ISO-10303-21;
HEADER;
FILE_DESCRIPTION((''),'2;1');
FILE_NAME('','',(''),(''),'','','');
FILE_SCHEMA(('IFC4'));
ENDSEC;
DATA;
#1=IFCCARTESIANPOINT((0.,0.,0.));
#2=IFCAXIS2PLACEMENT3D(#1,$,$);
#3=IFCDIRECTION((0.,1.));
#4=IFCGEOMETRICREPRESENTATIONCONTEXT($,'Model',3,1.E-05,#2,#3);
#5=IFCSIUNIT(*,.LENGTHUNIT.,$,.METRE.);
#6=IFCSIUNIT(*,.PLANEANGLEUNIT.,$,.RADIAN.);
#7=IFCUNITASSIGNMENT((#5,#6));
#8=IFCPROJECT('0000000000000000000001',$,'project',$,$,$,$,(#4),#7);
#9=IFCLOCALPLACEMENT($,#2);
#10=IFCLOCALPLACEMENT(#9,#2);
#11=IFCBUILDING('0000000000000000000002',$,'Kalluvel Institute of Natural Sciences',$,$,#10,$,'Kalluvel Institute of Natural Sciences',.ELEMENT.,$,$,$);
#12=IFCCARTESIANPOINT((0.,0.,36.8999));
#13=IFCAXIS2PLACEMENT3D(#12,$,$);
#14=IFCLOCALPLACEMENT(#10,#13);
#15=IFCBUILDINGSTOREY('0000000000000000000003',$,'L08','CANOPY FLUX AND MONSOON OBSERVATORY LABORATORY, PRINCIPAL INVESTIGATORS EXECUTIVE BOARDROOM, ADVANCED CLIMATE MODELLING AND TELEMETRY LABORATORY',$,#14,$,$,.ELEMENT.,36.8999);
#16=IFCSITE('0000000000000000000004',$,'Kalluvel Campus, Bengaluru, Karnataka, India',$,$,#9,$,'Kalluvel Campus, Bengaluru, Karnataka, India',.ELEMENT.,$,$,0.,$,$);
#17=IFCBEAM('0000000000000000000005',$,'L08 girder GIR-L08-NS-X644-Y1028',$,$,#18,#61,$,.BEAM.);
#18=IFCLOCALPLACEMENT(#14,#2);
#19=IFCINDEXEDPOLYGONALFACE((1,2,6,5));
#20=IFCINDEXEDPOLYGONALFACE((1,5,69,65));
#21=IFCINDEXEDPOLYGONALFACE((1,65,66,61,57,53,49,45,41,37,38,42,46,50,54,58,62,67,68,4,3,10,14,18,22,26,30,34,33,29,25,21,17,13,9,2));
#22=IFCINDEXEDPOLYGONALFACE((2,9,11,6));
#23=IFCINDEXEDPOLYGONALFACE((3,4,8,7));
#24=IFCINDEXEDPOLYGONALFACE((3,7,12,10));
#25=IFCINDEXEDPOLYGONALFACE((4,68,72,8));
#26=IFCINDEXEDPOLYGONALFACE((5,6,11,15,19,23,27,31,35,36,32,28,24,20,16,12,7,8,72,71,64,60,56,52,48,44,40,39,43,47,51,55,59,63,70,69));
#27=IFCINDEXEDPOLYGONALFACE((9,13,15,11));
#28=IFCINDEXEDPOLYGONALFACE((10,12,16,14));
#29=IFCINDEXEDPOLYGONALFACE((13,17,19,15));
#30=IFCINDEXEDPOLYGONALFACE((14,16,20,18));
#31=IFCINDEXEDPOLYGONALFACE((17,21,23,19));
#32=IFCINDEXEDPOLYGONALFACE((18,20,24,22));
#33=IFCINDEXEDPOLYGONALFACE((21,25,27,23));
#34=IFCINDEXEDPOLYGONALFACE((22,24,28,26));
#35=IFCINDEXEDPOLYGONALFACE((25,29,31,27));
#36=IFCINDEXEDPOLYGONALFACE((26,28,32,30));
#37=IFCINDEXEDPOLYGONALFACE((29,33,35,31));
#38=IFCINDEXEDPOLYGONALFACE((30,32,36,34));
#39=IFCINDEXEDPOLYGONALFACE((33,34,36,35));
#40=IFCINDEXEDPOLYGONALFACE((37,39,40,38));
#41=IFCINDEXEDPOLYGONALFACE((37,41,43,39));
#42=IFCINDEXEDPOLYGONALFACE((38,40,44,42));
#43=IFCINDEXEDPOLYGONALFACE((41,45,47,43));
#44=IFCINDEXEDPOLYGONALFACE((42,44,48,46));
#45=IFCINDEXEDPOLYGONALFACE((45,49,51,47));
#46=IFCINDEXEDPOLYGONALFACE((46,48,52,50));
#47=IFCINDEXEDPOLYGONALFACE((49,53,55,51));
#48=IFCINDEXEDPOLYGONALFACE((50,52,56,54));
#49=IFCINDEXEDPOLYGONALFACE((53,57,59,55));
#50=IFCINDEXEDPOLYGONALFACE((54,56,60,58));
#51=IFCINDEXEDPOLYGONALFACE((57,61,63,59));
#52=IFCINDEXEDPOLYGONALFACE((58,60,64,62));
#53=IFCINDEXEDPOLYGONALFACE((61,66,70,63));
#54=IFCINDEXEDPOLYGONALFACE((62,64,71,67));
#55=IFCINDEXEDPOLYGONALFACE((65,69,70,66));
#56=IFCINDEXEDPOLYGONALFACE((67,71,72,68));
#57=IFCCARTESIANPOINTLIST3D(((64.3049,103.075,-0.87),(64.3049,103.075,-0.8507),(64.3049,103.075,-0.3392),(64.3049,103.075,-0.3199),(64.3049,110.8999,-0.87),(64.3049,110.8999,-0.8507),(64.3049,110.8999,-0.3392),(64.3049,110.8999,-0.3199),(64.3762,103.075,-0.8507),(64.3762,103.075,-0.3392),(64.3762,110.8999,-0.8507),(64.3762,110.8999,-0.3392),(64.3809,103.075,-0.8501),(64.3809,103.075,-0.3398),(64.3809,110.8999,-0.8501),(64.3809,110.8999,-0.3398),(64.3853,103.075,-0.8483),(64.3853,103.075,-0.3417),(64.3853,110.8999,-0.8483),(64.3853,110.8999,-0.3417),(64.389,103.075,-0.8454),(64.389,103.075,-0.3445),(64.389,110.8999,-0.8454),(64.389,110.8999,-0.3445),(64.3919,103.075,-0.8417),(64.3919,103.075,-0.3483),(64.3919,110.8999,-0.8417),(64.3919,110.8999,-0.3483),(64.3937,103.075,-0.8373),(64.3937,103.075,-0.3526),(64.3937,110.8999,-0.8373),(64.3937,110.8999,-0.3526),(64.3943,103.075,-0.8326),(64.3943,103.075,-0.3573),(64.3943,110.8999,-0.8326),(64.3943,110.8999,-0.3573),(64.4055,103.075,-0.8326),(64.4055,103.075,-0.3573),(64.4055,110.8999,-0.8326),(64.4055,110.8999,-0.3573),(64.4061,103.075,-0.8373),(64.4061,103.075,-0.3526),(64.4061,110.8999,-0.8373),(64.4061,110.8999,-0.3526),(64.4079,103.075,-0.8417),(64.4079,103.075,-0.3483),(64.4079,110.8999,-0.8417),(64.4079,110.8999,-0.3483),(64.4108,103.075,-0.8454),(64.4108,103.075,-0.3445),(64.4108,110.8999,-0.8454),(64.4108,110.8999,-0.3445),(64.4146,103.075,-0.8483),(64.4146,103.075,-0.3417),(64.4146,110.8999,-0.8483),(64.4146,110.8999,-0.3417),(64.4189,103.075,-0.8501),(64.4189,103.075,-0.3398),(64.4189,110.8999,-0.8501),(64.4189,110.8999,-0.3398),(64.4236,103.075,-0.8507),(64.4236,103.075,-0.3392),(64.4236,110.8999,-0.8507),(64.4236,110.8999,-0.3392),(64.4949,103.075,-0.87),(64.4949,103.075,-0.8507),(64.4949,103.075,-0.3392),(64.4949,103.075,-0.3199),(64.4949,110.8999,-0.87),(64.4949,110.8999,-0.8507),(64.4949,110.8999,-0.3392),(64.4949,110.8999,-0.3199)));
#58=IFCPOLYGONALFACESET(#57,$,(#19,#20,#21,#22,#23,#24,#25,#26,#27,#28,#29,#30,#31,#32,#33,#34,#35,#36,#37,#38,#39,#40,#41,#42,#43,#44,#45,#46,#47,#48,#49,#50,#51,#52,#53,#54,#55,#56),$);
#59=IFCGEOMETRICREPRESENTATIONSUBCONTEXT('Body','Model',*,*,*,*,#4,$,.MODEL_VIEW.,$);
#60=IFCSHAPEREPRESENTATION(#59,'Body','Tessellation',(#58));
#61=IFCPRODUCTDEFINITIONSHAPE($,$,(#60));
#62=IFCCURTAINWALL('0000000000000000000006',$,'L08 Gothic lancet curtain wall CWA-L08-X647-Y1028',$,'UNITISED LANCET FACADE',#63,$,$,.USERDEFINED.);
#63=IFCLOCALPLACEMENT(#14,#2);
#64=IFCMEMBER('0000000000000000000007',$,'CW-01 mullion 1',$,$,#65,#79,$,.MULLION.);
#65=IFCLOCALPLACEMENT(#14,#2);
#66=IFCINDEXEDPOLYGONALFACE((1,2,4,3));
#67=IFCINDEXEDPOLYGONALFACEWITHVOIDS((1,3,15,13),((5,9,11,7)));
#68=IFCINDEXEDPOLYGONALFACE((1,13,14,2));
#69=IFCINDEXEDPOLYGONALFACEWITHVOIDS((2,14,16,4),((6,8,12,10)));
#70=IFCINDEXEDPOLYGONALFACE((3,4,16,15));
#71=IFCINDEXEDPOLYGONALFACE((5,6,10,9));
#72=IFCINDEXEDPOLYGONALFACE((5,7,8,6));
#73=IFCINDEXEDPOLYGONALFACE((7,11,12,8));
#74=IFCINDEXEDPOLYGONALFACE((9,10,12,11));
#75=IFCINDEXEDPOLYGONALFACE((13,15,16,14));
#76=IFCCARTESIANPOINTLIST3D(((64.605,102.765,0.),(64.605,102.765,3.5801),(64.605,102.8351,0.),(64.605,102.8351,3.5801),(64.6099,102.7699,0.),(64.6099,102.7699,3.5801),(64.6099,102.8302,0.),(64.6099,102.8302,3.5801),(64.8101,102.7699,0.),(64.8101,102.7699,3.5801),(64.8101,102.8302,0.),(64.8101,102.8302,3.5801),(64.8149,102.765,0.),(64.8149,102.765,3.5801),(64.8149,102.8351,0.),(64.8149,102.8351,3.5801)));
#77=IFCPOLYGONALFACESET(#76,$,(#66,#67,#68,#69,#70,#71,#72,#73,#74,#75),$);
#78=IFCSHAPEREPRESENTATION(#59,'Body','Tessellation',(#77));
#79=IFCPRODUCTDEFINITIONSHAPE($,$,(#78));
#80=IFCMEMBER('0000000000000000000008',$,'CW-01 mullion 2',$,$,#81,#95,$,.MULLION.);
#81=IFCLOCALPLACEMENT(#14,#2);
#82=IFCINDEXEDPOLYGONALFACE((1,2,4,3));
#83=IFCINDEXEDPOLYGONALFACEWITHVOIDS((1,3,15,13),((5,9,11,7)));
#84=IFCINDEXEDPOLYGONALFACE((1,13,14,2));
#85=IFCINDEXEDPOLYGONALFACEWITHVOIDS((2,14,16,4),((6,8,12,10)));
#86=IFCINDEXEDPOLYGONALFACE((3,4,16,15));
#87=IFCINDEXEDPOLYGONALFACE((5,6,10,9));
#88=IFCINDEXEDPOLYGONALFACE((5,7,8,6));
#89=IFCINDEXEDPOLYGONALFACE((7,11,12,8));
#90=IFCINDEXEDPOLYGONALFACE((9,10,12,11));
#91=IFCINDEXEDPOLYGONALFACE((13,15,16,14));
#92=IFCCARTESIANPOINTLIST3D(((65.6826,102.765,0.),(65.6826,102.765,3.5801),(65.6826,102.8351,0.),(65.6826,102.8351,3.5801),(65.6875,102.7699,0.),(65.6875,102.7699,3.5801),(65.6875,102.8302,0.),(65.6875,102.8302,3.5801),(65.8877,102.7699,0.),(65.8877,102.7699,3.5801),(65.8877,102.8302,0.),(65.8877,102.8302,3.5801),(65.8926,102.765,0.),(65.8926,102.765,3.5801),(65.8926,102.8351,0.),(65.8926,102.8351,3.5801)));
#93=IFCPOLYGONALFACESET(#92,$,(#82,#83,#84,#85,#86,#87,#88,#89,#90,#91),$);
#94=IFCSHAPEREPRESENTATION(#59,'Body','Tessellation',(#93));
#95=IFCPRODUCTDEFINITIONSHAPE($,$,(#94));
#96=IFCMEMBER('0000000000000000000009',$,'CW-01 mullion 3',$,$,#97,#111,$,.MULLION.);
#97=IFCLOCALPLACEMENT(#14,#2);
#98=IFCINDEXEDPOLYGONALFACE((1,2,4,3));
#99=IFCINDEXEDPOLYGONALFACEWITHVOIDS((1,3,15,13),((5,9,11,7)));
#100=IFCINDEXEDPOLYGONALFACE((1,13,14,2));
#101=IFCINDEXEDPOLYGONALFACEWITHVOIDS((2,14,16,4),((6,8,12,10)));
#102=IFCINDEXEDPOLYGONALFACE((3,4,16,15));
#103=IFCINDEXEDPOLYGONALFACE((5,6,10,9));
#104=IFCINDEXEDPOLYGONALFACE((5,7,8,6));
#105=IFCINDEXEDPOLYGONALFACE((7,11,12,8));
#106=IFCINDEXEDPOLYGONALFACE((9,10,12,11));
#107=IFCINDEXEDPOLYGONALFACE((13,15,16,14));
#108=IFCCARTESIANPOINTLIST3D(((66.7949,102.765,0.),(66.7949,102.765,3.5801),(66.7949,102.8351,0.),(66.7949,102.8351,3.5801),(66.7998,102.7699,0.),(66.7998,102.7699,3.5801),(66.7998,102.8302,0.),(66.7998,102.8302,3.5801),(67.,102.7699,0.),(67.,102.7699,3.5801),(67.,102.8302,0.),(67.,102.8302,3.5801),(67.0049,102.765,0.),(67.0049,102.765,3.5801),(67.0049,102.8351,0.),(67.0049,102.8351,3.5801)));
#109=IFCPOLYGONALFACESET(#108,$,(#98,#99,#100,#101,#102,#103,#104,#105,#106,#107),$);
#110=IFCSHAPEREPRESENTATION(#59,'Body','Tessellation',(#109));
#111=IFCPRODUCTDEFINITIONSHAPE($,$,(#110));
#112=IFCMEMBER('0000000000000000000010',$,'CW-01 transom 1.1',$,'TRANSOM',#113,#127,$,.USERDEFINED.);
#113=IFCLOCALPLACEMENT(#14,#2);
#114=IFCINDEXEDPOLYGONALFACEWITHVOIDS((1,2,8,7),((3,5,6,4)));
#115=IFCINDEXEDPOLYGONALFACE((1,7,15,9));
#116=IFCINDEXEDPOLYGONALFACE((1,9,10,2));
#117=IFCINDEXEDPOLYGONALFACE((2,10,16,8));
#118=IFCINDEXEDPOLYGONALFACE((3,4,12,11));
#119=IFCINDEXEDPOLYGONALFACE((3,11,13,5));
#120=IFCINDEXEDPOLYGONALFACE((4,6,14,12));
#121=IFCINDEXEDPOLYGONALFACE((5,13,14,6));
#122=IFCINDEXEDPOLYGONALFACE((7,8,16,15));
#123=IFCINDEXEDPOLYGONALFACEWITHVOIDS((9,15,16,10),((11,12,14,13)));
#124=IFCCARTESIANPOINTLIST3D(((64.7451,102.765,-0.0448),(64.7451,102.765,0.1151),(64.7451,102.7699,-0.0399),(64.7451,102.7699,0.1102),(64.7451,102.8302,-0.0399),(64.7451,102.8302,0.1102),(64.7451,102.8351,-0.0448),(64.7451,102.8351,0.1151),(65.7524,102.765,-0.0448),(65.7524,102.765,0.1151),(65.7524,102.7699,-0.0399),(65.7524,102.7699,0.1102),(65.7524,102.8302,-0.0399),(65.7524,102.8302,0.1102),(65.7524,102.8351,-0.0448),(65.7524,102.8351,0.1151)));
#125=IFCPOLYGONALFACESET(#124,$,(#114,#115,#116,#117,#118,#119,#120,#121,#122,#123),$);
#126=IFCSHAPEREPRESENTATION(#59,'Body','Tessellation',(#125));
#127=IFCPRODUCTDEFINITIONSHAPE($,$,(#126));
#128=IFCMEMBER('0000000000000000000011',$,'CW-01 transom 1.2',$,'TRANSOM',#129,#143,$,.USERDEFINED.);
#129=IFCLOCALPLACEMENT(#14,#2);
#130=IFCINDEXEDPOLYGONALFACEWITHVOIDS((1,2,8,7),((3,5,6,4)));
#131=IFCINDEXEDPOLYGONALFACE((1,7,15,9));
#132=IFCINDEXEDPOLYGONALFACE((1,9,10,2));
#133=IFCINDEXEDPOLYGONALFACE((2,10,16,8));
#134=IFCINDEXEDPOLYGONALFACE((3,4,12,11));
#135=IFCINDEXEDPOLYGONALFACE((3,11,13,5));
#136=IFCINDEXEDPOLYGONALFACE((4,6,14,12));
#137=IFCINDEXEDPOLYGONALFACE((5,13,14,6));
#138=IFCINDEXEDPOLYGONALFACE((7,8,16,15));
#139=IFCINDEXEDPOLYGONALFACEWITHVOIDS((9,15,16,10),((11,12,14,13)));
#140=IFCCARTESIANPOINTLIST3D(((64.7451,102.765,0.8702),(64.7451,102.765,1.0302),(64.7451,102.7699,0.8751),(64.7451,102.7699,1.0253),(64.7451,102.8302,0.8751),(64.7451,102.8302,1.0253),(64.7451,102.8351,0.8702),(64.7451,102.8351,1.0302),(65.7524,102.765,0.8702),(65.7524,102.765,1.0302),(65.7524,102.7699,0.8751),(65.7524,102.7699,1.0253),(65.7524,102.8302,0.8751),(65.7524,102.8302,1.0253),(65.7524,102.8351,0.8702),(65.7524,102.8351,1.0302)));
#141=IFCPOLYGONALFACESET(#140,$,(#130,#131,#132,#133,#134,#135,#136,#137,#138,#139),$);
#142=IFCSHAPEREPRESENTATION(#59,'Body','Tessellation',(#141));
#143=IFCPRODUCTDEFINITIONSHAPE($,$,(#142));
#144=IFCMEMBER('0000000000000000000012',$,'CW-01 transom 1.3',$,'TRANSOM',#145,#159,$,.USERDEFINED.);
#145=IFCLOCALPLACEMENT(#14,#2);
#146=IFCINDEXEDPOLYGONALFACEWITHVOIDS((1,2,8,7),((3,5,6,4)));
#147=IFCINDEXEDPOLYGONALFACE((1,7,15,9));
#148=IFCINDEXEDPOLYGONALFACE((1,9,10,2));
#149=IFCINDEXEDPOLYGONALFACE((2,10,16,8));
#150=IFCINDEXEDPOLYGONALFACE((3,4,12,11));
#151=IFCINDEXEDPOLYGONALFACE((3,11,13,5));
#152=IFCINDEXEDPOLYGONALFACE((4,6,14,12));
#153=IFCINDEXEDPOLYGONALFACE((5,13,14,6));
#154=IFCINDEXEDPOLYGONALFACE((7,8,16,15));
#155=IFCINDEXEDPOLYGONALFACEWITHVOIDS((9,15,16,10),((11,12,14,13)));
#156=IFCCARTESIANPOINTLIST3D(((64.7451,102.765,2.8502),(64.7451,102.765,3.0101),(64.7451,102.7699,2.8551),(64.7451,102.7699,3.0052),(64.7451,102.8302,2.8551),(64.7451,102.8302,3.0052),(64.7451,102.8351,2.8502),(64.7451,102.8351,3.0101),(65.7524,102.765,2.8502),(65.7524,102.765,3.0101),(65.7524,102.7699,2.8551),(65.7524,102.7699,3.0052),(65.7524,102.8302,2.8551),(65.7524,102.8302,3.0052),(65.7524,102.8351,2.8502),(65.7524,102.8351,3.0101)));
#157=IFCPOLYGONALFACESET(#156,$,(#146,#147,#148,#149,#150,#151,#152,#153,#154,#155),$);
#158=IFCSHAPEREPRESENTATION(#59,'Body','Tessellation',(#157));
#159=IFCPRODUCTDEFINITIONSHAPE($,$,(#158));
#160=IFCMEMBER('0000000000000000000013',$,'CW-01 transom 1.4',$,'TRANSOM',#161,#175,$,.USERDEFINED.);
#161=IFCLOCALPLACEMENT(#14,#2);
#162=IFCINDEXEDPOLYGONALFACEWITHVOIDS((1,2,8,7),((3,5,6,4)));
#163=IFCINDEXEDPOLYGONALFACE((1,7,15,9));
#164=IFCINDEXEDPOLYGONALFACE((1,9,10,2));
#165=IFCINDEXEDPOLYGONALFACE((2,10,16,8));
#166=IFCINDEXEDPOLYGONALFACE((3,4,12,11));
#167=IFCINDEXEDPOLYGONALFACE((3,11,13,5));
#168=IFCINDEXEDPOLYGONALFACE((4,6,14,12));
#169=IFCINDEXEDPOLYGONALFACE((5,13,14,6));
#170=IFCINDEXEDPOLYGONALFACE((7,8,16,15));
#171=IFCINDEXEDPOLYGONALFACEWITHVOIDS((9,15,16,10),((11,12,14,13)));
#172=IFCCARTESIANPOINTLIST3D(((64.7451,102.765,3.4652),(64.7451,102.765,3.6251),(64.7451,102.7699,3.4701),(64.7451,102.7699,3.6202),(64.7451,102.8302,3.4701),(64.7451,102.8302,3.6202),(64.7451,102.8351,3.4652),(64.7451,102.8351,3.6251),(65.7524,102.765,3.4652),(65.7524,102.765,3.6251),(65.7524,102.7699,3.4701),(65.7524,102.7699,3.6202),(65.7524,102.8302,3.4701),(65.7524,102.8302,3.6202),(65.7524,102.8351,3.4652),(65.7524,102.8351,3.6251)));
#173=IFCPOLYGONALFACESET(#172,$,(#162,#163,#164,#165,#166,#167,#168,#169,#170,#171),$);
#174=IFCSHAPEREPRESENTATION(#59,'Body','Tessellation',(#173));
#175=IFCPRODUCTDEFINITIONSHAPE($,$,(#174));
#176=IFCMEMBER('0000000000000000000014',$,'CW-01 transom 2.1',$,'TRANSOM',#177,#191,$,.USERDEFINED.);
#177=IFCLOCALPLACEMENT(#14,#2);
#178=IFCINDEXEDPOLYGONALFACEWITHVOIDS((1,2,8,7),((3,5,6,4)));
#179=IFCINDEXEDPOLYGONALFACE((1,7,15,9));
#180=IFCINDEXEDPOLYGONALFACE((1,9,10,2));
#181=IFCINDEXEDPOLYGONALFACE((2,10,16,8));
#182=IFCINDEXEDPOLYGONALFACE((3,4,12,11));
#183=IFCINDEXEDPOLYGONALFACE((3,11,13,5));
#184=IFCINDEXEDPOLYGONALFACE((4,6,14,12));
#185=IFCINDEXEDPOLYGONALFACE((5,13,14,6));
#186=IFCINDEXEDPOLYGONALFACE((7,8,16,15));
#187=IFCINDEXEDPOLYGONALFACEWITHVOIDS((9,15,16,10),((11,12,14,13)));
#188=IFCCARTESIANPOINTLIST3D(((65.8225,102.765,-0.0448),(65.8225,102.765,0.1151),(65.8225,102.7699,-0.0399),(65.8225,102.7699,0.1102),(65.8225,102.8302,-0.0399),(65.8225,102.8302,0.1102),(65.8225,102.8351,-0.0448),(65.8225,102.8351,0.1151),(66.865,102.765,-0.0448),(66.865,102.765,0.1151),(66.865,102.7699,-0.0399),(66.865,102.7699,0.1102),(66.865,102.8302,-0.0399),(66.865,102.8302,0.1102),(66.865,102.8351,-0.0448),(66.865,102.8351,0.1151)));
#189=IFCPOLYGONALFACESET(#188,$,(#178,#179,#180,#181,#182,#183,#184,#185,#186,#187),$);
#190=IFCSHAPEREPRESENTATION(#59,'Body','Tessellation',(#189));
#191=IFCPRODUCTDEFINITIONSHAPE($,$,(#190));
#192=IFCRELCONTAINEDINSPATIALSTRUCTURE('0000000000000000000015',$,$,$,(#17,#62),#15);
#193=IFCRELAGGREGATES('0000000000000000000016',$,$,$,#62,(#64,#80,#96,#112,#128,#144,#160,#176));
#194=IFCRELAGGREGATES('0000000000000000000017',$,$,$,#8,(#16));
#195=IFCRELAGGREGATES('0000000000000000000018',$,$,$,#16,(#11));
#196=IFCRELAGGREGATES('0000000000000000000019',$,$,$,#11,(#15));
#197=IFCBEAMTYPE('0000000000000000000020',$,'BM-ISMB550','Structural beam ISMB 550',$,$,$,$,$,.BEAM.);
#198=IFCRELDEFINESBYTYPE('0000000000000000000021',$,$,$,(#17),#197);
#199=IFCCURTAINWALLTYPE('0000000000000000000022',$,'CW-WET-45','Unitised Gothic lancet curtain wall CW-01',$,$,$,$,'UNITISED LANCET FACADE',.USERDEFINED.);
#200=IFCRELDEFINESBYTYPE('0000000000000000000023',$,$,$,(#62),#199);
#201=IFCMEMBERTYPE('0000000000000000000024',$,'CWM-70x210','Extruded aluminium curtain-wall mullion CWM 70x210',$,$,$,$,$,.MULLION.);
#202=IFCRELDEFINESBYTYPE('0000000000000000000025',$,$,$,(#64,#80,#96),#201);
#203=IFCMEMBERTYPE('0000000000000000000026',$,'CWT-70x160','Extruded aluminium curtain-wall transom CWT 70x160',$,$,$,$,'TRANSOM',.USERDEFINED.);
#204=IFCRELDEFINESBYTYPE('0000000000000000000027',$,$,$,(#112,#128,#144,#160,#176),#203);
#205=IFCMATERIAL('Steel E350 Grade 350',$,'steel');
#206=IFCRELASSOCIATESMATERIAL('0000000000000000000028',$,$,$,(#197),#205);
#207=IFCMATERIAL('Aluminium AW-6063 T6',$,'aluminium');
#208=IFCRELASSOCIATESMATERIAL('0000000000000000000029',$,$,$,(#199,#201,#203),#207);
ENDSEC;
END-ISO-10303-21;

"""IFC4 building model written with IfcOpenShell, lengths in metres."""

from ifc_helpers import new_model, si_unit, direction, frame, origin, origin_2d, place, context, subcontext, project, spatial, hollow_rectangle, i_section, extrude, material, material_profile, profile_set, type_object, element, aggregate, save


model = new_model("IFC4")

# Units and contexts
model_context = context("Model", 3, precision=1e-05, world=origin(), true_north=direction((0.0, 1.0)))
body_context = subcontext(model_context, "Body", "Model", "MODEL_VIEW")
ifc_project = project(units=[si_unit("LENGTHUNIT", "METRE"), si_unit("PLANEANGLEUNIT", "RADIAN")], contexts=[model_context])

# Site, building, storey
site_placement = place(None, origin())
site = spatial("IfcSite", under=ifc_project, at=site_placement, Name="Kalluvel Campus, Bengaluru, Karnataka, India", LongName="Kalluvel Campus, Bengaluru, Karnataka, India", CompositionType="ELEMENT", RefElevation=0.0)
building_placement = place(site_placement, origin())
building = spatial("IfcBuilding", under=site, at=building_placement, Name="Kalluvel Institute of Natural Sciences", LongName="Kalluvel Institute of Natural Sciences", CompositionType="ELEMENT")
storey_placement = place(building_placement, frame((0.0, 0.0, 36.8999)))
storey = spatial("IfcBuildingStorey", under=building, at=storey_placement, Name="L08", Description="CANOPY FLUX AND MONSOON OBSERVATORY LABORATORY, PRINCIPAL INVESTIGATORS EXECUTIVE BOARDROOM, ADVANCED CLIMATE MODELLING AND TELEMETRY LABORATORY", CompositionType="ELEMENT", Elevation=36.8999)

# Beam
ifc_material_1 = material(Name="Steel E350 Grade 350", Category="steel")
ifc_material_profile_1 = material_profile(ifc_material_1, i_section(OverallWidth=0.1899, OverallDepth=0.55, WebThickness=0.0112, FlangeThickness=0.0193, FilletRadius=0.0181, at=origin_2d()), Name="ISMB 550")
ifc_profile_set_1 = profile_set([ifc_material_profile_1], Name="Steel E350 Grade 350")
beam_type_1 = type_object("IfcBeamType", Name="BM-ISMB550", Description="Structural beam ISMB 550", PredefinedType="BEAM", material=ifc_profile_set_1)
beam_1_placement = place(storey_placement, frame((64.3999, 103.075, -0.595), z_axis=(0.0, 1.0, 0.0), x_axis=(-1.0, 0.0, 0.0)))
element("IfcBeam", 1, at=beam_1_placement, inside=storey, type_object=beam_type_1, Name="L08 girder GIR-L08-NS-X644-Y1028", PredefinedType="BEAM", context=body_context, shape_type="SweptSolid", body=[
    extrude(i_section(OverallWidth=0.1899, OverallDepth=0.55, WebThickness=0.0112, FlangeThickness=0.0193, FilletRadius=0.0181, at=origin_2d()), origin(), (0.0, 0.0, 1.0), 7.825),
])

# Curtain wall, members
ifc_material_2 = material(Name="Aluminium AW-6063 T6", Category="aluminium")
curtain_wall_type = type_object("IfcCurtainWallType", Name="CW-WET-45", Description="Unitised Gothic lancet curtain wall CW-01", ElementType="UNITISED LANCET FACADE", PredefinedType="USERDEFINED", material=ifc_material_2)
curtain_wall_1_placement = place(storey_placement, origin())
curtain_wall_1 = element("IfcCurtainWall", 2, at=curtain_wall_1_placement, inside=storey, type_object=curtain_wall_type, Name="L08 Gothic lancet curtain wall CWA-L08-X647-Y1028", ObjectType="UNITISED LANCET FACADE", PredefinedType="USERDEFINED")
ifc_material_profile_2 = material_profile(ifc_material_2, hollow_rectangle(XDim=0.0701, YDim=0.21, WallThickness=0.0049, at=origin_2d()), Name="CWM 70x210")
ifc_profile_set_2 = profile_set([ifc_material_profile_2], Name="Aluminium AW-6063 T6")
member_type_1 = type_object("IfcMemberType", Name="CWM-70x210", Description="Extruded aluminium curtain-wall mullion CWM 70x210", PredefinedType="MULLION", material=ifc_profile_set_2)
member_1_placement = place(storey_placement, frame((64.71, 102.8, 0.0), z_axis=(0.0, 0.0, 1.0), x_axis=(0.0, 1.0, 0.0)))
member_1 = element("IfcMember", 3, at=member_1_placement, type_object=member_type_1, Name="CW-01 mullion 1", PredefinedType="MULLION", context=body_context, shape_type="SweptSolid", body=[
    extrude(hollow_rectangle(XDim=0.0701, YDim=0.21, WallThickness=0.0049, at=origin_2d()), origin(), (0.0, 0.0, 1.0), 3.5801),
])
member_2_placement = place(storey_placement, frame((65.7876, 102.8, 0.0), z_axis=(0.0, 0.0, 1.0), x_axis=(0.0, 1.0, 0.0)))
member_2 = element("IfcMember", 4, at=member_2_placement, type_object=member_type_1, Name="CW-01 mullion 2", PredefinedType="MULLION", context=body_context, shape_type="SweptSolid", body=[
    extrude(hollow_rectangle(XDim=0.0701, YDim=0.21, WallThickness=0.0049, at=origin_2d()), origin(), (0.0, 0.0, 1.0), 3.5801),
])
member_3_placement = place(storey_placement, frame((66.8999, 102.8, 0.0), z_axis=(0.0, 0.0, 1.0), x_axis=(0.0, 1.0, 0.0)))
member_3 = element("IfcMember", 5, at=member_3_placement, type_object=member_type_1, Name="CW-01 mullion 3", PredefinedType="MULLION", context=body_context, shape_type="SweptSolid", body=[
    extrude(hollow_rectangle(XDim=0.0701, YDim=0.21, WallThickness=0.0049, at=origin_2d()), origin(), (0.0, 0.0, 1.0), 3.5801),
])
ifc_material_profile_3 = material_profile(ifc_material_2, hollow_rectangle(XDim=0.0701, YDim=0.1599, WallThickness=0.0049, at=origin_2d()), Name="CWT 70x160")
ifc_profile_set_3 = profile_set([ifc_material_profile_3], Name="Aluminium AW-6063 T6")
member_type_2 = type_object("IfcMemberType", Name="CWT-70x160", Description="Extruded aluminium curtain-wall transom CWT 70x160", ElementType="TRANSOM", PredefinedType="USERDEFINED", material=ifc_profile_set_3)
member_4_placement = place(storey_placement, frame((64.7451, 102.8, 0.0352), z_axis=(1.0, 0.0, 0.0), x_axis=(0.0, 1.0, 0.0)))
member_4 = element("IfcMember", 6, at=member_4_placement, type_object=member_type_2, Name="CW-01 transom 1.1", ObjectType="TRANSOM", PredefinedType="USERDEFINED", context=body_context, shape_type="SweptSolid", body=[
    extrude(hollow_rectangle(XDim=0.0701, YDim=0.1599, WallThickness=0.0049, at=origin_2d()), origin(), (0.0, 0.0, 1.0), 1.0073),
])
member_5_placement = place(storey_placement, frame((64.7451, 102.8, 0.9502), z_axis=(1.0, 0.0, 0.0), x_axis=(0.0, 1.0, 0.0)))
member_5 = element("IfcMember", 7, at=member_5_placement, type_object=member_type_2, Name="CW-01 transom 1.2", ObjectType="TRANSOM", PredefinedType="USERDEFINED", context=body_context, shape_type="SweptSolid", body=[
    extrude(hollow_rectangle(XDim=0.0701, YDim=0.1599, WallThickness=0.0049, at=origin_2d()), origin(), (0.0, 0.0, 1.0), 1.0073),
])
member_6_placement = place(storey_placement, frame((64.7451, 102.8, 2.9302), z_axis=(1.0, 0.0, 0.0), x_axis=(0.0, 1.0, 0.0)))
member_6 = element("IfcMember", 8, at=member_6_placement, type_object=member_type_2, Name="CW-01 transom 1.3", ObjectType="TRANSOM", PredefinedType="USERDEFINED", context=body_context, shape_type="SweptSolid", body=[
    extrude(hollow_rectangle(XDim=0.0701, YDim=0.1599, WallThickness=0.0049, at=origin_2d()), origin(), (0.0, 0.0, 1.0), 1.0073),
])
member_7_placement = place(storey_placement, frame((64.7451, 102.8, 3.5452), z_axis=(1.0, 0.0, 0.0), x_axis=(0.0, 1.0, 0.0)))
member_7 = element("IfcMember", 9, at=member_7_placement, type_object=member_type_2, Name="CW-01 transom 1.4", ObjectType="TRANSOM", PredefinedType="USERDEFINED", context=body_context, shape_type="SweptSolid", body=[
    extrude(hollow_rectangle(XDim=0.0701, YDim=0.1599, WallThickness=0.0049, at=origin_2d()), origin(), (0.0, 0.0, 1.0), 1.0073),
])
member_8_placement = place(storey_placement, frame((65.8225, 102.8, 0.0352), z_axis=(1.0, 0.0, 0.0), x_axis=(0.0, 1.0, 0.0)))
member_8 = element("IfcMember", 10, at=member_8_placement, type_object=member_type_2, Name="CW-01 transom 2.1", ObjectType="TRANSOM", PredefinedType="USERDEFINED", context=body_context, shape_type="SweptSolid", body=[
    extrude(hollow_rectangle(XDim=0.0701, YDim=0.1599, WallThickness=0.0049, at=origin_2d()), origin(), (0.0, 0.0, 1.0), 1.0425),
])

aggregate(curtain_wall_1, [member_1, member_2, member_3, member_4, member_5, member_6, member_7, member_8])

save(model, "model.ifc")
